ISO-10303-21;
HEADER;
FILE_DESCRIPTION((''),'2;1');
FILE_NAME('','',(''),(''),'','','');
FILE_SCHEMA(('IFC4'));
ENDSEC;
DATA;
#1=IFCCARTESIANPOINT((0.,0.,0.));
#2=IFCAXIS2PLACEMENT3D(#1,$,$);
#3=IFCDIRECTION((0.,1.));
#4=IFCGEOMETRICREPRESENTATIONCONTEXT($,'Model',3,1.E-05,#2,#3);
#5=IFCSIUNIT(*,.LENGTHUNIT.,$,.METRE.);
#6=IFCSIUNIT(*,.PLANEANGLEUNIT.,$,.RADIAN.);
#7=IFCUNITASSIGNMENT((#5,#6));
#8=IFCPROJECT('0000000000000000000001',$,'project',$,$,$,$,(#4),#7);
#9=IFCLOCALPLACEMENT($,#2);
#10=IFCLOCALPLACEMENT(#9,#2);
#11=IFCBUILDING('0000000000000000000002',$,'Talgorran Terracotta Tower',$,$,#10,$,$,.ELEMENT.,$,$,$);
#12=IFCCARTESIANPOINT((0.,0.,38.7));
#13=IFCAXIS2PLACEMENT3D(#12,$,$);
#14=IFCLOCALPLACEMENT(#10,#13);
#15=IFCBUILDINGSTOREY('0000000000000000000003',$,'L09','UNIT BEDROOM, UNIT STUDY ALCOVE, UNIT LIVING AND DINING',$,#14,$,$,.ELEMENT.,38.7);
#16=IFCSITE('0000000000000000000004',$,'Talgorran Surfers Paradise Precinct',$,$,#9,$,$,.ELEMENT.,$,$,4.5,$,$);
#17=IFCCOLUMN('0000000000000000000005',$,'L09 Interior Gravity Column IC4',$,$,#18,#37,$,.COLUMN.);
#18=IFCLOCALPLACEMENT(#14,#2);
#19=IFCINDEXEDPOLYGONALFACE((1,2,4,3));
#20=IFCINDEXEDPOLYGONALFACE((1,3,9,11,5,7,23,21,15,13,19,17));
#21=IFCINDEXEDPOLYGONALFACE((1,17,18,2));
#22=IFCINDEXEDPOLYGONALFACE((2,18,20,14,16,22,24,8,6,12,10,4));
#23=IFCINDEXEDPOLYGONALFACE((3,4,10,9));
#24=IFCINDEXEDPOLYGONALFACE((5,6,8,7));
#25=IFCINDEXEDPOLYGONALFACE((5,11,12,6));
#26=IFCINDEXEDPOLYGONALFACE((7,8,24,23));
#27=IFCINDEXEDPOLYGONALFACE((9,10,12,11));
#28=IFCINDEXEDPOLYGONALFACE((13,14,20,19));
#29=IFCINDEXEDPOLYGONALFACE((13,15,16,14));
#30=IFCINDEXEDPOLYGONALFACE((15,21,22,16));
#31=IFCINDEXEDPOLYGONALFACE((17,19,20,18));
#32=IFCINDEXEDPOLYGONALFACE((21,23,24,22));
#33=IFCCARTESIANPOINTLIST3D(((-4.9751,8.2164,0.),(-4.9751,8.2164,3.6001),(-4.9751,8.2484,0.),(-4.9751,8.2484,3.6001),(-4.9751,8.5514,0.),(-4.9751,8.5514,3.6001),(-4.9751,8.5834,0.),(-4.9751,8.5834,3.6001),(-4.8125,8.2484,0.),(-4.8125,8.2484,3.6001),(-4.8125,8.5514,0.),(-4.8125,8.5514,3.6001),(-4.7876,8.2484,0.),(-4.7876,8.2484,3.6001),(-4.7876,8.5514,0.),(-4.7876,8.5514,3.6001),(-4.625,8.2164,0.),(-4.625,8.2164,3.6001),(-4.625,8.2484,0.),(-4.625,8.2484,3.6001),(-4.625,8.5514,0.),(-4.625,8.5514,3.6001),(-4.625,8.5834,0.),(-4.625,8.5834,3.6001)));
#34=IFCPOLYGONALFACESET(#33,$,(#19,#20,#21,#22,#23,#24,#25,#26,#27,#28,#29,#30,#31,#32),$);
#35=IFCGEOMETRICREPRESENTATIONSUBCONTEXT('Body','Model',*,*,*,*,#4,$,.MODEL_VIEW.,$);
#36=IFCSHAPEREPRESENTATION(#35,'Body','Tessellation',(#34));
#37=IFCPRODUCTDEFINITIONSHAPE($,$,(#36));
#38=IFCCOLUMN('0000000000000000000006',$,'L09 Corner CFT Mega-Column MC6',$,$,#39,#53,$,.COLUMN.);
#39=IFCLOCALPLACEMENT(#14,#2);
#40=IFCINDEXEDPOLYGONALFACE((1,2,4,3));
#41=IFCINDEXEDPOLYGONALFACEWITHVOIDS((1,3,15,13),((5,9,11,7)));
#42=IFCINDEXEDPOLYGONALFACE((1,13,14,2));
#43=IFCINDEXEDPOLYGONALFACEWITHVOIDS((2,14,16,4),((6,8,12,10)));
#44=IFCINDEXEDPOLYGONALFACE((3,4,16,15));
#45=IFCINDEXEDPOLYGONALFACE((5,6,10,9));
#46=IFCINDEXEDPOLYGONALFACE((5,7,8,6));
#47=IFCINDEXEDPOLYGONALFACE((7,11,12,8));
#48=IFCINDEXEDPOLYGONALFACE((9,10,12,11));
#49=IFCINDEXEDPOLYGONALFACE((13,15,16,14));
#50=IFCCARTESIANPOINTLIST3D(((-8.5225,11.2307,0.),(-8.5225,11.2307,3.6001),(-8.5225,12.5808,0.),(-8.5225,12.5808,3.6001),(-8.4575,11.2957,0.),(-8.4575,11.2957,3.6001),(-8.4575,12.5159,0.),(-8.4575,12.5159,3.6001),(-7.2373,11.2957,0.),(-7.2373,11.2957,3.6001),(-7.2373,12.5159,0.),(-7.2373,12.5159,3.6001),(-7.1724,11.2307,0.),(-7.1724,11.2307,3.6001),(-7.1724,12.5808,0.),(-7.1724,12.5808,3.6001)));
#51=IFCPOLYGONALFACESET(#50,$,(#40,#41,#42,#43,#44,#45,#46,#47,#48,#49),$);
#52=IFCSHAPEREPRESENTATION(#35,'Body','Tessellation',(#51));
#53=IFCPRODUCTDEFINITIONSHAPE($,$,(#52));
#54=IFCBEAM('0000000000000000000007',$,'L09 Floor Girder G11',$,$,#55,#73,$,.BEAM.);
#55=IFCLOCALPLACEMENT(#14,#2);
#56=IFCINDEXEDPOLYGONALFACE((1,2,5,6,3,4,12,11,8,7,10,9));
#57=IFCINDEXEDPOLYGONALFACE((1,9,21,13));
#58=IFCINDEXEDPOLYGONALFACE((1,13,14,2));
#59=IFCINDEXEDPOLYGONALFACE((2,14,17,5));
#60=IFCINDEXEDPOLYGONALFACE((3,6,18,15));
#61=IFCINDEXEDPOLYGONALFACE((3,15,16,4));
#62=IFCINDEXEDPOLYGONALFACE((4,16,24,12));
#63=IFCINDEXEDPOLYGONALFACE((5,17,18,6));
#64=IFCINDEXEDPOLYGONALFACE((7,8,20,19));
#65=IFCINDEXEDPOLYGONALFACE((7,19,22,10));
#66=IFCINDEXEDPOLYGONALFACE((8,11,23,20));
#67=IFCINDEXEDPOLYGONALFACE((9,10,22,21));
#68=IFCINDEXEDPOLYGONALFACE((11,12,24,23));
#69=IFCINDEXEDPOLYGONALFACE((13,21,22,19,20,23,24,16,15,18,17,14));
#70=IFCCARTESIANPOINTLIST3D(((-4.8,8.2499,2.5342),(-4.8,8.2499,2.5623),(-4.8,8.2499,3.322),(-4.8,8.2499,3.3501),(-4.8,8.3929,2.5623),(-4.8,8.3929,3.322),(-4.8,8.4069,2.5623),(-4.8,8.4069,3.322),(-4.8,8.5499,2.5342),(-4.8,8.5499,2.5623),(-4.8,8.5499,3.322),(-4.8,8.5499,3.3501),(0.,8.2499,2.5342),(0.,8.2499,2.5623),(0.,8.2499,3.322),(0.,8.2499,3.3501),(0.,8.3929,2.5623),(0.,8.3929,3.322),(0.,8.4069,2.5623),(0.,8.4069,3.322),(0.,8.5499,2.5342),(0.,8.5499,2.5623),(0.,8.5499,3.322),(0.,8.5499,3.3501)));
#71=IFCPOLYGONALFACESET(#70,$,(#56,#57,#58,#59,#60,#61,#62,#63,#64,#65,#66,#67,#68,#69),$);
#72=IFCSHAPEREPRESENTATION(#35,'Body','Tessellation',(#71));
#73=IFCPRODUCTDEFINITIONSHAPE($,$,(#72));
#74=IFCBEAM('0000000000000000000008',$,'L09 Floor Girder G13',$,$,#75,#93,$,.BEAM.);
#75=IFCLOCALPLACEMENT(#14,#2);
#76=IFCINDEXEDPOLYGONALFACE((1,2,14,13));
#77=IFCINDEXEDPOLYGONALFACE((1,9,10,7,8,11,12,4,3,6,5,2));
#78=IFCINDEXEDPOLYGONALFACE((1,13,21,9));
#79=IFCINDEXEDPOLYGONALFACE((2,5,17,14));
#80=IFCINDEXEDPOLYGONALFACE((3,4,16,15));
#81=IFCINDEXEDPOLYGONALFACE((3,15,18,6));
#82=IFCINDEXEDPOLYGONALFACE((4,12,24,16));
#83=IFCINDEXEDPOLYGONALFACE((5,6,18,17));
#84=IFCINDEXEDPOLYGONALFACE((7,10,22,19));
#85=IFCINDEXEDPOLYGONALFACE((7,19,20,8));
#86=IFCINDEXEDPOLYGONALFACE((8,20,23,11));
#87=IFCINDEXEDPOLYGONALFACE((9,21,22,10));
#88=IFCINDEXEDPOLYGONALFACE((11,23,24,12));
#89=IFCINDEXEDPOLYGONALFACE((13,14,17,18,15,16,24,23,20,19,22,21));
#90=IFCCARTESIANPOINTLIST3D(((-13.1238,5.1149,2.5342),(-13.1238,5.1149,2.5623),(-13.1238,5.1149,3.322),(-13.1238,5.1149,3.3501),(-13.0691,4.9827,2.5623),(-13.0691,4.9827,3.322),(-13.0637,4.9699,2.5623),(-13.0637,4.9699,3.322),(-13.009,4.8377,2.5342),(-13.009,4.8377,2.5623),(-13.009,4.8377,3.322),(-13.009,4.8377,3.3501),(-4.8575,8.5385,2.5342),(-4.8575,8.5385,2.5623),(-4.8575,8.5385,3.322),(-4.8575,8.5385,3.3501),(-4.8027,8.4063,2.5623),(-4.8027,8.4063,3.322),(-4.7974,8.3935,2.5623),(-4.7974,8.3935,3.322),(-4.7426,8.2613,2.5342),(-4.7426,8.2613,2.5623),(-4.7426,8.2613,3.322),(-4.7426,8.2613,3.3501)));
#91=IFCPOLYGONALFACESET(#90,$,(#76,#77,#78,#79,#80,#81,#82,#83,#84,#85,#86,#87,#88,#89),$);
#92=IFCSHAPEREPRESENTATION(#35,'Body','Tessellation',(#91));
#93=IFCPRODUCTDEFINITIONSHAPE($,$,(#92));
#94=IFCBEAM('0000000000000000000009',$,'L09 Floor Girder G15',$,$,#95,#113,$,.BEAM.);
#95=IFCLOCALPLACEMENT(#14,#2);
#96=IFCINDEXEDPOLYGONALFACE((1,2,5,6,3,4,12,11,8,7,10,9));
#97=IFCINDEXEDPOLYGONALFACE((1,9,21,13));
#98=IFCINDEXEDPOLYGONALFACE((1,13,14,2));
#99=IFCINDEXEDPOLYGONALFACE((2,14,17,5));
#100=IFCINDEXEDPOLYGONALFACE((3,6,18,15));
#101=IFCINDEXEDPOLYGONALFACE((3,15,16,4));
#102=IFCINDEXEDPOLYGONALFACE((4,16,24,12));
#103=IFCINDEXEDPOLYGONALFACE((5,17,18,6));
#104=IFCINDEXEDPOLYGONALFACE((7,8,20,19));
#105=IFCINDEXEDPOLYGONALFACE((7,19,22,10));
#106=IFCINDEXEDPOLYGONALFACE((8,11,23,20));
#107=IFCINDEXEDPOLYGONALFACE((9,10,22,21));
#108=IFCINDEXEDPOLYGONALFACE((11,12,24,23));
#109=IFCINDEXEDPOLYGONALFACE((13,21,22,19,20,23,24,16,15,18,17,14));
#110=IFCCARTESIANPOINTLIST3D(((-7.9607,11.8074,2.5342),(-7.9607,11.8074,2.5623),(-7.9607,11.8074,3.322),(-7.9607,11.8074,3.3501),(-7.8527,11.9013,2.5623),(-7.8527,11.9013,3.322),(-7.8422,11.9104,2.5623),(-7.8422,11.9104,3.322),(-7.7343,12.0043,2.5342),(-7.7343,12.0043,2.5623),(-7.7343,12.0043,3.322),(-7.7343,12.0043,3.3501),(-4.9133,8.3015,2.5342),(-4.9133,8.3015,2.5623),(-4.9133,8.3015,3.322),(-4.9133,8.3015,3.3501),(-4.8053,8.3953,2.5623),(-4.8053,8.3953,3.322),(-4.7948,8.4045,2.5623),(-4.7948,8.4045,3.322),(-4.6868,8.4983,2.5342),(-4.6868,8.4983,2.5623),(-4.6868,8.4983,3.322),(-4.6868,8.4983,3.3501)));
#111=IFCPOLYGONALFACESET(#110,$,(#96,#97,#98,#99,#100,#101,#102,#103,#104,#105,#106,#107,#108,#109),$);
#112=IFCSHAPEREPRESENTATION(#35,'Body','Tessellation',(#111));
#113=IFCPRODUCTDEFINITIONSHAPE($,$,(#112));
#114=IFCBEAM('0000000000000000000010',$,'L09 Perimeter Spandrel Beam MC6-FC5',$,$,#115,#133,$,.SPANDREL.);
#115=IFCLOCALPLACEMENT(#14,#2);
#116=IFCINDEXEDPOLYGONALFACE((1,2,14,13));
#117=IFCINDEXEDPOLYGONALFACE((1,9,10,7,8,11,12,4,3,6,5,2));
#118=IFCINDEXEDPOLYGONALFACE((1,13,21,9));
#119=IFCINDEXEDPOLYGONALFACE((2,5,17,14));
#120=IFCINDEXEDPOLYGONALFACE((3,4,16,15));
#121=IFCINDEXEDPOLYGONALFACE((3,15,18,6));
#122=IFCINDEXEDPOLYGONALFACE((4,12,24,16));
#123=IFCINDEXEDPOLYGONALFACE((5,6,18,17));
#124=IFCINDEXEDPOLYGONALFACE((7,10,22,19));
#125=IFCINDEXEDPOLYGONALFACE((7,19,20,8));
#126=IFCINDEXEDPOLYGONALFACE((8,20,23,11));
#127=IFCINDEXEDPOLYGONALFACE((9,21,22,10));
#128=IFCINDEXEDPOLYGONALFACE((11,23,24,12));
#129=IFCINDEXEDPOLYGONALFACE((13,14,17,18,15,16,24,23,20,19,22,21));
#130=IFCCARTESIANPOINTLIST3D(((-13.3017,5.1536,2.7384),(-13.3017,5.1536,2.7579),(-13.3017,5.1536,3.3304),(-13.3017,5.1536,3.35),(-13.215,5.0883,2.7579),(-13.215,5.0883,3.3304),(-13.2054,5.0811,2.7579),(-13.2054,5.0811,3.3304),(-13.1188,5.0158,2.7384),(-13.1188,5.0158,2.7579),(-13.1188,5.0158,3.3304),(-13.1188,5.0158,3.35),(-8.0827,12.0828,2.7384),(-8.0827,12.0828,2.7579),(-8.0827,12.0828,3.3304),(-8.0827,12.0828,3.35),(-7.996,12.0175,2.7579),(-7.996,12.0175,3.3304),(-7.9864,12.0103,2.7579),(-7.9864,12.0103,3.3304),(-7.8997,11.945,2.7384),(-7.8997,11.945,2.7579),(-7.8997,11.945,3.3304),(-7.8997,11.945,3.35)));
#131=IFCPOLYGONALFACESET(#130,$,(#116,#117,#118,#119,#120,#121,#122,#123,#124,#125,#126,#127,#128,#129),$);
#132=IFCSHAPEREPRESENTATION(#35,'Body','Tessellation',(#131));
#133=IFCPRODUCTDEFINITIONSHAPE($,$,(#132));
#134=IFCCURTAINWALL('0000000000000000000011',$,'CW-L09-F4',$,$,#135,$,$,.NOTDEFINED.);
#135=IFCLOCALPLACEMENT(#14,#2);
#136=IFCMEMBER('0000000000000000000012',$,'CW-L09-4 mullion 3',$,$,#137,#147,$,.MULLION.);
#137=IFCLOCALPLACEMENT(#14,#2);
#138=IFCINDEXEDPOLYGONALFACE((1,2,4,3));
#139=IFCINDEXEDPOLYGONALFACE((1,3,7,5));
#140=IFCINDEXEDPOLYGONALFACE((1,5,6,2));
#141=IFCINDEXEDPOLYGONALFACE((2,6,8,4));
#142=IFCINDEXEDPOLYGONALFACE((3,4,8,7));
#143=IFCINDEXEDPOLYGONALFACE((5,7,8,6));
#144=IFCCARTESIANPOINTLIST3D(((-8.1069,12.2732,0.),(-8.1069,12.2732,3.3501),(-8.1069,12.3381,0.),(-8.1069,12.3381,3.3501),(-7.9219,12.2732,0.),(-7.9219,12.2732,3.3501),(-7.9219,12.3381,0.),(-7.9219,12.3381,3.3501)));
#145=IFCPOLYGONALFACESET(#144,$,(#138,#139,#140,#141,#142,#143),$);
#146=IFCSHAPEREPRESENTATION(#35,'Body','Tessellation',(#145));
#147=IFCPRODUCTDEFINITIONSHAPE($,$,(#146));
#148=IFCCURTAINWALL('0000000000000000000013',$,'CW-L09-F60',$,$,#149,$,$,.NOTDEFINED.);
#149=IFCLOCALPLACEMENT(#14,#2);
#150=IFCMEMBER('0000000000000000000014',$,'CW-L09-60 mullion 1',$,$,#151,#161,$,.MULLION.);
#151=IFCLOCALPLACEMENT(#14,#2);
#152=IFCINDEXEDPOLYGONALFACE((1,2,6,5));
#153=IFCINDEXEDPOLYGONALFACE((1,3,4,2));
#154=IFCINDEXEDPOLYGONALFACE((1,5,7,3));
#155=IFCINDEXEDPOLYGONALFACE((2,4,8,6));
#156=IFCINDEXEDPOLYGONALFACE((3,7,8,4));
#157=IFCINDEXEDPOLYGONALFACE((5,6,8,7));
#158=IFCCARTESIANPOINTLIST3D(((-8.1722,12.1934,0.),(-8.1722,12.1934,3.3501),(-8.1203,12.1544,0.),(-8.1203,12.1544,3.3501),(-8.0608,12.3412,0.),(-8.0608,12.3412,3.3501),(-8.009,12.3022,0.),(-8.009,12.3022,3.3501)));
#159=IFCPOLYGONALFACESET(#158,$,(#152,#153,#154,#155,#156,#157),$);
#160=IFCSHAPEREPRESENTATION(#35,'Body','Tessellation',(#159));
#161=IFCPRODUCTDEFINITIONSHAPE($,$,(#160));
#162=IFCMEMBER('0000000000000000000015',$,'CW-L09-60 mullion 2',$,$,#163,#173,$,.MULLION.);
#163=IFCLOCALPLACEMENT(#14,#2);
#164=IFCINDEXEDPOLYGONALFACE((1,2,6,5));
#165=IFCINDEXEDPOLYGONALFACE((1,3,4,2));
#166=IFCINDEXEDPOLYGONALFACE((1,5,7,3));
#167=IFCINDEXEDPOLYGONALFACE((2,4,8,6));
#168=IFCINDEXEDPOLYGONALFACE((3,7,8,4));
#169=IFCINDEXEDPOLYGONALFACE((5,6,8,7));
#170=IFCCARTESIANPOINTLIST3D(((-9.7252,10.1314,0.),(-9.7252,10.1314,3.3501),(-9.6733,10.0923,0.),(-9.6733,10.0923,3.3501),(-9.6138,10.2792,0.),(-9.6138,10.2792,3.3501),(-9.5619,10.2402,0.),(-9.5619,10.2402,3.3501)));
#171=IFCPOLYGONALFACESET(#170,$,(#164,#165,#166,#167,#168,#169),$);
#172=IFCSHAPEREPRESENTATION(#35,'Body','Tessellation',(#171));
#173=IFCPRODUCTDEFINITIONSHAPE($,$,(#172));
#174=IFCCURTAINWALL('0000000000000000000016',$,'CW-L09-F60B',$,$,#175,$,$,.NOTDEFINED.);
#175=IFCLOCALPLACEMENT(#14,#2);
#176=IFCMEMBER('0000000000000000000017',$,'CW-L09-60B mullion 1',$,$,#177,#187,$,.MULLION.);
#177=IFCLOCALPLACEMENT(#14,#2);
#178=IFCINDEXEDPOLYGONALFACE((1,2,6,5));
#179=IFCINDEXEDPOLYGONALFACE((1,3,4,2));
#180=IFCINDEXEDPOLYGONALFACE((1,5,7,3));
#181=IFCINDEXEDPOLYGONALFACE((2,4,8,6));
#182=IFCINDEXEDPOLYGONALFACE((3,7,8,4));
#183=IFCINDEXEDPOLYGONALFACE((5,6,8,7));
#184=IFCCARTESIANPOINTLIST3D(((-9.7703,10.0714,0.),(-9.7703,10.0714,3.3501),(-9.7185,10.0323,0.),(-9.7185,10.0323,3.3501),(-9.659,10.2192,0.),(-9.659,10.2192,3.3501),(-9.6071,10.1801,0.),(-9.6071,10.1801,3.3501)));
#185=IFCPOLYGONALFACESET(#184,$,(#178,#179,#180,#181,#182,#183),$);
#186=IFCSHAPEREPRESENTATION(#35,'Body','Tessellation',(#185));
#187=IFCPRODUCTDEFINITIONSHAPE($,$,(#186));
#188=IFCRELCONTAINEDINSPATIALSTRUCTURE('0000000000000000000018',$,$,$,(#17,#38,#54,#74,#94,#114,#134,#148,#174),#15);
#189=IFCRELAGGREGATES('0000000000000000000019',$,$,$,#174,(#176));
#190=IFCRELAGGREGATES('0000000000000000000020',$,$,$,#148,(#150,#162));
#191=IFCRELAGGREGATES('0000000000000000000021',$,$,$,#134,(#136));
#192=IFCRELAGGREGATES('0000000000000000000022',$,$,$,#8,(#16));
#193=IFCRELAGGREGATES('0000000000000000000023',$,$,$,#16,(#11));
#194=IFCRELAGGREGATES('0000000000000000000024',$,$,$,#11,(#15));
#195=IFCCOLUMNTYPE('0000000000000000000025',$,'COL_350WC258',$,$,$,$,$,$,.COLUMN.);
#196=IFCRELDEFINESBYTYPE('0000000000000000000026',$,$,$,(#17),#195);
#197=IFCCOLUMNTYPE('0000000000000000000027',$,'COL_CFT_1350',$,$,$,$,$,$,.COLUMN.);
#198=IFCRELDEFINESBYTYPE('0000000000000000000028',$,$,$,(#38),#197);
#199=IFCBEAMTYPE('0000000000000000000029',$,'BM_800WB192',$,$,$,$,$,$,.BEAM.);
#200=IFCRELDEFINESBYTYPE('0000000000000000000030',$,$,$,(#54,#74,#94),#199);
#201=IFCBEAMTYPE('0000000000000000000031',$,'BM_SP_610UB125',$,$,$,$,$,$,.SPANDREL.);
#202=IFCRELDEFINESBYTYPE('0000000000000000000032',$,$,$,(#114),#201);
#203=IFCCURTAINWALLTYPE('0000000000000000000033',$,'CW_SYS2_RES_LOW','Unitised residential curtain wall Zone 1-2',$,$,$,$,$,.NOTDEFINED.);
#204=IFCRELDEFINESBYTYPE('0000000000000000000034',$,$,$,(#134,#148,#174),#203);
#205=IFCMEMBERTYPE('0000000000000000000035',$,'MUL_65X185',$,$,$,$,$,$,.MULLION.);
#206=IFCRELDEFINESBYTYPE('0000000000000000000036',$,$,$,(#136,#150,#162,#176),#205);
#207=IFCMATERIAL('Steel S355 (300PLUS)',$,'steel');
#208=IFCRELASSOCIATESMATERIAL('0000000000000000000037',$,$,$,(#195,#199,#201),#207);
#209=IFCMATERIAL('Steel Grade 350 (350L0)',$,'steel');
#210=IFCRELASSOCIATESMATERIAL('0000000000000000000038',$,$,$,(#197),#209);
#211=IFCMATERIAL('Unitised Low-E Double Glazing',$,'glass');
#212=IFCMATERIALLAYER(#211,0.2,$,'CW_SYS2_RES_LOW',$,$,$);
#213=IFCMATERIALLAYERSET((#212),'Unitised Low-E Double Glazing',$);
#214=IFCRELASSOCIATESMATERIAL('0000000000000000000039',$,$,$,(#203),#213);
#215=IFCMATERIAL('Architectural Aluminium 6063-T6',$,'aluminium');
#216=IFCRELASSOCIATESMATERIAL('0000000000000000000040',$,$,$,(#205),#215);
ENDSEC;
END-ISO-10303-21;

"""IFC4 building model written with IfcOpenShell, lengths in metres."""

from ifc_helpers import new_model, si_unit, direction, frame, origin, origin_2d, place, context, subcontext, project, spatial, rectangle, hollow_rectangle, i_section, extrude, material, layer, layer_set, material_profile, profile_set, type_object, element, aggregate, save


model = new_model("IFC4")

# Units and contexts
model_context = context("Model", 3, precision=1e-05, world=origin(), true_north=direction((0.0, 1.0)))
body_context = subcontext(model_context, "Body", "Model", "MODEL_VIEW")
ifc_project = project(units=[si_unit("LENGTHUNIT", "METRE"), si_unit("PLANEANGLEUNIT", "RADIAN")], contexts=[model_context])

# Site, building, storey
site_placement = place(None, origin())
site = spatial("IfcSite", under=ifc_project, at=site_placement, Name="Talgorran Surfers Paradise Precinct", CompositionType="ELEMENT", RefElevation=4.5)
building_placement = place(site_placement, origin())
building = spatial("IfcBuilding", under=site, at=building_placement, Name="Talgorran Terracotta Tower", CompositionType="ELEMENT")
storey_placement = place(building_placement, frame((0.0, 0.0, 38.7)))
storey = spatial("IfcBuildingStorey", under=building, at=storey_placement, Name="L09", Description="UNIT BEDROOM, UNIT STUDY ALCOVE, UNIT LIVING AND DINING", CompositionType="ELEMENT", Elevation=38.7)

# Columns
ifc_material_1 = material(Name="Steel S355 (300PLUS)", Category="steel")
ifc_material_profile_1 = material_profile(ifc_material_1, i_section(OverallWidth=0.3501, OverallDepth=0.3669, WebThickness=0.0249, FlangeThickness=0.032, at=origin_2d()), Name="350WC258")
ifc_profile_set_1 = profile_set([ifc_material_profile_1], Name="Steel S355 (300PLUS)")
column_type_1 = type_object("IfcColumnType", Name="COL_350WC258", PredefinedType="COLUMN", material=ifc_profile_set_1)
column_1_placement = place(storey_placement, frame((-4.8, 8.3999, 0.0), z_axis=(0.0, 0.0, 1.0), x_axis=(1.0, 0.0, 0.0)))
element("IfcColumn", 1, at=column_1_placement, inside=storey, type_object=column_type_1, Name="L09 Interior Gravity Column IC4", PredefinedType="COLUMN", context=body_context, shape_type="SweptSolid", body=[
    extrude(i_section(OverallWidth=0.3501, OverallDepth=0.3669, WebThickness=0.0249, FlangeThickness=0.032, at=origin_2d()), origin(), (0.0, 0.0, 1.0), 3.6001),
])
ifc_material_2 = material(Name="Steel Grade 350 (350L0)", Category="steel")
ifc_material_profile_2 = material_profile(ifc_material_2, hollow_rectangle(XDim=1.3501, YDim=1.3501, WallThickness=0.0649, at=origin_2d()), Name="CFT1350X1350X65")
ifc_profile_set_2 = profile_set([ifc_material_profile_2], Name="Steel Grade 350 (350L0)")
column_type_2 = type_object("IfcColumnType", Name="COL_CFT_1350", PredefinedType="COLUMN", material=ifc_profile_set_2)
column_2_placement = place(storey_placement, frame((-7.8474, 11.9058, 0.0), z_axis=(0.0, 0.0, 1.0), x_axis=(1.0, 0.0, 0.0)))
element("IfcColumn", 2, at=column_2_placement, inside=storey, type_object=column_type_2, Name="L09 Corner CFT Mega-Column MC6", PredefinedType="COLUMN", context=body_context, shape_type="SweptSolid", body=[
    extrude(hollow_rectangle(XDim=1.3501, YDim=1.3501, WallThickness=0.0649, at=origin_2d()), origin(), (0.0, 0.0, 1.0), 3.6001),
])

# Beams
ifc_material_profile_3 = material_profile(ifc_material_1, i_section(OverallWidth=0.3, OverallDepth=0.8159, WebThickness=0.0139, FlangeThickness=0.0281, at=origin_2d()), Name="800WB192")
ifc_profile_set_3 = profile_set([ifc_material_profile_3], Name="Steel S355 (300PLUS)")
beam_type_1 = type_object("IfcBeamType", Name="BM_800WB192", PredefinedType="BEAM", material=ifc_profile_set_3)
beam_1_placement = place(storey_placement, frame((-4.8, 8.3999, 2.9421), z_axis=(1.0, 0.0, 0.0), x_axis=(0.0, 1.0, 0.0)))
element("IfcBeam", 3, at=beam_1_placement, inside=storey, type_object=beam_type_1, Name="L09 Floor Girder G11", PredefinedType="BEAM", context=body_context, shape_type="SweptSolid", body=[
    extrude(i_section(OverallWidth=0.3, OverallDepth=0.8159, WebThickness=0.0139, FlangeThickness=0.0281, at=origin_2d()), origin(), (0.0, 0.0, 1.0), 4.8),
])
beam_2_placement = place(storey_placement, frame((-4.8, 8.3999, 2.9421), z_axis=(-0.923897, -0.38264, 0.0), x_axis=(0.38264, -0.923897, 0.0)))
element("IfcBeam", 4, at=beam_2_placement, inside=storey, type_object=beam_type_1, Name="L09 Floor Girder G13", PredefinedType="BEAM", context=body_context, shape_type="SweptSolid", body=[
    extrude(i_section(OverallWidth=0.3, OverallDepth=0.8159, WebThickness=0.0139, FlangeThickness=0.0281, at=origin_2d()), origin(), (0.0, 0.0, 1.0), 8.9473),
])
beam_3_placement = place(storey_placement, frame((-4.8, 8.3999, 2.9421), z_axis=(-0.65603, 0.754734, 0.0), x_axis=(-0.754734, -0.65603, 0.0)))
element("IfcBeam", 5, at=beam_3_placement, inside=storey, type_object=beam_type_1, Name="L09 Floor Girder G15", PredefinedType="BEAM", context=body_context, shape_type="SweptSolid", body=[
    extrude(i_section(OverallWidth=0.3, OverallDepth=0.8159, WebThickness=0.0139, FlangeThickness=0.0281, at=origin_2d()), origin(), (0.0, 0.0, 1.0), 4.6453),
])
ifc_material_profile_4 = material_profile(ifc_material_1, i_section(OverallWidth=0.229, OverallDepth=0.6116, WebThickness=0.012, FlangeThickness=0.0195, at=origin_2d()), Name="610UB125")
ifc_profile_set_4 = profile_set([ifc_material_profile_4], Name="Steel S355 (300PLUS)")
beam_type_2 = type_object("IfcBeamType", Name="BM_SP_610UB125", PredefinedType="SPANDREL", material=ifc_profile_set_4)
beam_4_placement = place(storey_placement, frame((-7.9912, 12.0139, 3.0442), z_axis=(-0.601629, -0.798776, 0.0), x_axis=(0.798776, -0.601629, 0.0)))
element("IfcBeam", 6, at=beam_4_placement, inside=storey, type_object=beam_type_2, Name="L09 Perimeter Spandrel Beam MC6-FC5", PredefinedType="SPANDREL", context=body_context, shape_type="SweptSolid", body=[
    extrude(i_section(OverallWidth=0.229, OverallDepth=0.6116, WebThickness=0.012, FlangeThickness=0.0195, at=origin_2d()), origin(), (0.0, 0.0, 1.0), 8.6748),
])

# Curtain wall, member
ifc_material_3 = material(Name="Unitised Low-E Double Glazing", Category="glass")
ifc_layer_1 = layer(ifc_material_3, 0.2, Name="CW_SYS2_RES_LOW")
ifc_layer_set_1 = layer_set([ifc_layer_1], Name="Unitised Low-E Double Glazing")
curtain_wall_type = type_object("IfcCurtainWallType", Name="CW_SYS2_RES_LOW", Description="Unitised residential curtain wall Zone 1-2", PredefinedType="NOTDEFINED", material=ifc_layer_set_1)
curtain_wall_1_placement = place(storey_placement, origin())
curtain_wall_1 = element("IfcCurtainWall", 7, at=curtain_wall_1_placement, inside=storey, type_object=curtain_wall_type, Name="CW-L09-F4", PredefinedType="NOTDEFINED")
ifc_material_4 = material(Name="Architectural Aluminium 6063-T6", Category="aluminium")
ifc_material_profile_5 = material_profile(ifc_material_4, rectangle(XDim=0.0649, YDim=0.1851, at=origin_2d()), Name="CWM65X185")
ifc_profile_set_5 = profile_set([ifc_material_profile_5], Name="Architectural Aluminium 6063-T6")
member_type_1 = type_object("IfcMemberType", Name="MUL_65X185", PredefinedType="MULLION", material=ifc_profile_set_5)
member_1_placement = place(storey_placement, frame((-8.0144, 12.3057, 0.0), z_axis=(0.0, 0.0, 1.0), x_axis=(0.0, -1.0, 0.0)))
member_1 = element("IfcMember", 8, at=member_1_placement, type_object=member_type_1, Name="CW-L09-4 mullion 3", PredefinedType="MULLION", context=body_context, shape_type="SweptSolid", body=[
    extrude(rectangle(XDim=0.0649, YDim=0.1851, at=origin_2d()), origin(), (0.0, 0.0, 1.0), 3.3501),
])

# Curtain wall, members
curtain_wall_2_placement = place(storey_placement, origin())
curtain_wall_2 = element("IfcCurtainWall", 9, at=curtain_wall_2_placement, inside=storey, type_object=curtain_wall_type, Name="CW-L09-F60", PredefinedType="NOTDEFINED")
member_2_placement = place(storey_placement, frame((-8.0906, 12.2478, 0.0), z_axis=(0.0, 0.0, 1.0), x_axis=(0.79877, -0.601637, 0.0)))
member_2 = element("IfcMember", 10, at=member_2_placement, type_object=member_type_1, Name="CW-L09-60 mullion 1", PredefinedType="MULLION", context=body_context, shape_type="SweptSolid", body=[
    extrude(rectangle(XDim=0.0649, YDim=0.1851, at=origin_2d()), origin(), (0.0, 0.0, 1.0), 3.3501),
])
member_3_placement = place(storey_placement, frame((-9.6436, 10.1858, 0.0), z_axis=(0.0, 0.0, 1.0), x_axis=(0.79877, -0.601637, 0.0)))
member_3 = element("IfcMember", 11, at=member_3_placement, type_object=member_type_1, Name="CW-L09-60 mullion 2", PredefinedType="MULLION", context=body_context, shape_type="SweptSolid", body=[
    extrude(rectangle(XDim=0.0649, YDim=0.1851, at=origin_2d()), origin(), (0.0, 0.0, 1.0), 3.3501),
])

# Curtain wall, member
curtain_wall_3_placement = place(storey_placement, origin())
curtain_wall_3 = element("IfcCurtainWall", 12, at=curtain_wall_3_placement, inside=storey, type_object=curtain_wall_type, Name="CW-L09-F60B", PredefinedType="NOTDEFINED")
member_4_placement = place(storey_placement, frame((-9.6887, 10.1257, 0.0), z_axis=(0.0, 0.0, 1.0), x_axis=(0.798774, -0.601631, 0.0)))
member_4 = element("IfcMember", 13, at=member_4_placement, type_object=member_type_1, Name="CW-L09-60B mullion 1", PredefinedType="MULLION", context=body_context, shape_type="SweptSolid", body=[
    extrude(rectangle(XDim=0.0649, YDim=0.1851, at=origin_2d()), origin(), (0.0, 0.0, 1.0), 3.3501),
])

aggregate(curtain_wall_3, [member_4])

aggregate(curtain_wall_2, [member_2, member_3])
aggregate(curtain_wall_1, [member_1])

save(model, "model.ifc")
